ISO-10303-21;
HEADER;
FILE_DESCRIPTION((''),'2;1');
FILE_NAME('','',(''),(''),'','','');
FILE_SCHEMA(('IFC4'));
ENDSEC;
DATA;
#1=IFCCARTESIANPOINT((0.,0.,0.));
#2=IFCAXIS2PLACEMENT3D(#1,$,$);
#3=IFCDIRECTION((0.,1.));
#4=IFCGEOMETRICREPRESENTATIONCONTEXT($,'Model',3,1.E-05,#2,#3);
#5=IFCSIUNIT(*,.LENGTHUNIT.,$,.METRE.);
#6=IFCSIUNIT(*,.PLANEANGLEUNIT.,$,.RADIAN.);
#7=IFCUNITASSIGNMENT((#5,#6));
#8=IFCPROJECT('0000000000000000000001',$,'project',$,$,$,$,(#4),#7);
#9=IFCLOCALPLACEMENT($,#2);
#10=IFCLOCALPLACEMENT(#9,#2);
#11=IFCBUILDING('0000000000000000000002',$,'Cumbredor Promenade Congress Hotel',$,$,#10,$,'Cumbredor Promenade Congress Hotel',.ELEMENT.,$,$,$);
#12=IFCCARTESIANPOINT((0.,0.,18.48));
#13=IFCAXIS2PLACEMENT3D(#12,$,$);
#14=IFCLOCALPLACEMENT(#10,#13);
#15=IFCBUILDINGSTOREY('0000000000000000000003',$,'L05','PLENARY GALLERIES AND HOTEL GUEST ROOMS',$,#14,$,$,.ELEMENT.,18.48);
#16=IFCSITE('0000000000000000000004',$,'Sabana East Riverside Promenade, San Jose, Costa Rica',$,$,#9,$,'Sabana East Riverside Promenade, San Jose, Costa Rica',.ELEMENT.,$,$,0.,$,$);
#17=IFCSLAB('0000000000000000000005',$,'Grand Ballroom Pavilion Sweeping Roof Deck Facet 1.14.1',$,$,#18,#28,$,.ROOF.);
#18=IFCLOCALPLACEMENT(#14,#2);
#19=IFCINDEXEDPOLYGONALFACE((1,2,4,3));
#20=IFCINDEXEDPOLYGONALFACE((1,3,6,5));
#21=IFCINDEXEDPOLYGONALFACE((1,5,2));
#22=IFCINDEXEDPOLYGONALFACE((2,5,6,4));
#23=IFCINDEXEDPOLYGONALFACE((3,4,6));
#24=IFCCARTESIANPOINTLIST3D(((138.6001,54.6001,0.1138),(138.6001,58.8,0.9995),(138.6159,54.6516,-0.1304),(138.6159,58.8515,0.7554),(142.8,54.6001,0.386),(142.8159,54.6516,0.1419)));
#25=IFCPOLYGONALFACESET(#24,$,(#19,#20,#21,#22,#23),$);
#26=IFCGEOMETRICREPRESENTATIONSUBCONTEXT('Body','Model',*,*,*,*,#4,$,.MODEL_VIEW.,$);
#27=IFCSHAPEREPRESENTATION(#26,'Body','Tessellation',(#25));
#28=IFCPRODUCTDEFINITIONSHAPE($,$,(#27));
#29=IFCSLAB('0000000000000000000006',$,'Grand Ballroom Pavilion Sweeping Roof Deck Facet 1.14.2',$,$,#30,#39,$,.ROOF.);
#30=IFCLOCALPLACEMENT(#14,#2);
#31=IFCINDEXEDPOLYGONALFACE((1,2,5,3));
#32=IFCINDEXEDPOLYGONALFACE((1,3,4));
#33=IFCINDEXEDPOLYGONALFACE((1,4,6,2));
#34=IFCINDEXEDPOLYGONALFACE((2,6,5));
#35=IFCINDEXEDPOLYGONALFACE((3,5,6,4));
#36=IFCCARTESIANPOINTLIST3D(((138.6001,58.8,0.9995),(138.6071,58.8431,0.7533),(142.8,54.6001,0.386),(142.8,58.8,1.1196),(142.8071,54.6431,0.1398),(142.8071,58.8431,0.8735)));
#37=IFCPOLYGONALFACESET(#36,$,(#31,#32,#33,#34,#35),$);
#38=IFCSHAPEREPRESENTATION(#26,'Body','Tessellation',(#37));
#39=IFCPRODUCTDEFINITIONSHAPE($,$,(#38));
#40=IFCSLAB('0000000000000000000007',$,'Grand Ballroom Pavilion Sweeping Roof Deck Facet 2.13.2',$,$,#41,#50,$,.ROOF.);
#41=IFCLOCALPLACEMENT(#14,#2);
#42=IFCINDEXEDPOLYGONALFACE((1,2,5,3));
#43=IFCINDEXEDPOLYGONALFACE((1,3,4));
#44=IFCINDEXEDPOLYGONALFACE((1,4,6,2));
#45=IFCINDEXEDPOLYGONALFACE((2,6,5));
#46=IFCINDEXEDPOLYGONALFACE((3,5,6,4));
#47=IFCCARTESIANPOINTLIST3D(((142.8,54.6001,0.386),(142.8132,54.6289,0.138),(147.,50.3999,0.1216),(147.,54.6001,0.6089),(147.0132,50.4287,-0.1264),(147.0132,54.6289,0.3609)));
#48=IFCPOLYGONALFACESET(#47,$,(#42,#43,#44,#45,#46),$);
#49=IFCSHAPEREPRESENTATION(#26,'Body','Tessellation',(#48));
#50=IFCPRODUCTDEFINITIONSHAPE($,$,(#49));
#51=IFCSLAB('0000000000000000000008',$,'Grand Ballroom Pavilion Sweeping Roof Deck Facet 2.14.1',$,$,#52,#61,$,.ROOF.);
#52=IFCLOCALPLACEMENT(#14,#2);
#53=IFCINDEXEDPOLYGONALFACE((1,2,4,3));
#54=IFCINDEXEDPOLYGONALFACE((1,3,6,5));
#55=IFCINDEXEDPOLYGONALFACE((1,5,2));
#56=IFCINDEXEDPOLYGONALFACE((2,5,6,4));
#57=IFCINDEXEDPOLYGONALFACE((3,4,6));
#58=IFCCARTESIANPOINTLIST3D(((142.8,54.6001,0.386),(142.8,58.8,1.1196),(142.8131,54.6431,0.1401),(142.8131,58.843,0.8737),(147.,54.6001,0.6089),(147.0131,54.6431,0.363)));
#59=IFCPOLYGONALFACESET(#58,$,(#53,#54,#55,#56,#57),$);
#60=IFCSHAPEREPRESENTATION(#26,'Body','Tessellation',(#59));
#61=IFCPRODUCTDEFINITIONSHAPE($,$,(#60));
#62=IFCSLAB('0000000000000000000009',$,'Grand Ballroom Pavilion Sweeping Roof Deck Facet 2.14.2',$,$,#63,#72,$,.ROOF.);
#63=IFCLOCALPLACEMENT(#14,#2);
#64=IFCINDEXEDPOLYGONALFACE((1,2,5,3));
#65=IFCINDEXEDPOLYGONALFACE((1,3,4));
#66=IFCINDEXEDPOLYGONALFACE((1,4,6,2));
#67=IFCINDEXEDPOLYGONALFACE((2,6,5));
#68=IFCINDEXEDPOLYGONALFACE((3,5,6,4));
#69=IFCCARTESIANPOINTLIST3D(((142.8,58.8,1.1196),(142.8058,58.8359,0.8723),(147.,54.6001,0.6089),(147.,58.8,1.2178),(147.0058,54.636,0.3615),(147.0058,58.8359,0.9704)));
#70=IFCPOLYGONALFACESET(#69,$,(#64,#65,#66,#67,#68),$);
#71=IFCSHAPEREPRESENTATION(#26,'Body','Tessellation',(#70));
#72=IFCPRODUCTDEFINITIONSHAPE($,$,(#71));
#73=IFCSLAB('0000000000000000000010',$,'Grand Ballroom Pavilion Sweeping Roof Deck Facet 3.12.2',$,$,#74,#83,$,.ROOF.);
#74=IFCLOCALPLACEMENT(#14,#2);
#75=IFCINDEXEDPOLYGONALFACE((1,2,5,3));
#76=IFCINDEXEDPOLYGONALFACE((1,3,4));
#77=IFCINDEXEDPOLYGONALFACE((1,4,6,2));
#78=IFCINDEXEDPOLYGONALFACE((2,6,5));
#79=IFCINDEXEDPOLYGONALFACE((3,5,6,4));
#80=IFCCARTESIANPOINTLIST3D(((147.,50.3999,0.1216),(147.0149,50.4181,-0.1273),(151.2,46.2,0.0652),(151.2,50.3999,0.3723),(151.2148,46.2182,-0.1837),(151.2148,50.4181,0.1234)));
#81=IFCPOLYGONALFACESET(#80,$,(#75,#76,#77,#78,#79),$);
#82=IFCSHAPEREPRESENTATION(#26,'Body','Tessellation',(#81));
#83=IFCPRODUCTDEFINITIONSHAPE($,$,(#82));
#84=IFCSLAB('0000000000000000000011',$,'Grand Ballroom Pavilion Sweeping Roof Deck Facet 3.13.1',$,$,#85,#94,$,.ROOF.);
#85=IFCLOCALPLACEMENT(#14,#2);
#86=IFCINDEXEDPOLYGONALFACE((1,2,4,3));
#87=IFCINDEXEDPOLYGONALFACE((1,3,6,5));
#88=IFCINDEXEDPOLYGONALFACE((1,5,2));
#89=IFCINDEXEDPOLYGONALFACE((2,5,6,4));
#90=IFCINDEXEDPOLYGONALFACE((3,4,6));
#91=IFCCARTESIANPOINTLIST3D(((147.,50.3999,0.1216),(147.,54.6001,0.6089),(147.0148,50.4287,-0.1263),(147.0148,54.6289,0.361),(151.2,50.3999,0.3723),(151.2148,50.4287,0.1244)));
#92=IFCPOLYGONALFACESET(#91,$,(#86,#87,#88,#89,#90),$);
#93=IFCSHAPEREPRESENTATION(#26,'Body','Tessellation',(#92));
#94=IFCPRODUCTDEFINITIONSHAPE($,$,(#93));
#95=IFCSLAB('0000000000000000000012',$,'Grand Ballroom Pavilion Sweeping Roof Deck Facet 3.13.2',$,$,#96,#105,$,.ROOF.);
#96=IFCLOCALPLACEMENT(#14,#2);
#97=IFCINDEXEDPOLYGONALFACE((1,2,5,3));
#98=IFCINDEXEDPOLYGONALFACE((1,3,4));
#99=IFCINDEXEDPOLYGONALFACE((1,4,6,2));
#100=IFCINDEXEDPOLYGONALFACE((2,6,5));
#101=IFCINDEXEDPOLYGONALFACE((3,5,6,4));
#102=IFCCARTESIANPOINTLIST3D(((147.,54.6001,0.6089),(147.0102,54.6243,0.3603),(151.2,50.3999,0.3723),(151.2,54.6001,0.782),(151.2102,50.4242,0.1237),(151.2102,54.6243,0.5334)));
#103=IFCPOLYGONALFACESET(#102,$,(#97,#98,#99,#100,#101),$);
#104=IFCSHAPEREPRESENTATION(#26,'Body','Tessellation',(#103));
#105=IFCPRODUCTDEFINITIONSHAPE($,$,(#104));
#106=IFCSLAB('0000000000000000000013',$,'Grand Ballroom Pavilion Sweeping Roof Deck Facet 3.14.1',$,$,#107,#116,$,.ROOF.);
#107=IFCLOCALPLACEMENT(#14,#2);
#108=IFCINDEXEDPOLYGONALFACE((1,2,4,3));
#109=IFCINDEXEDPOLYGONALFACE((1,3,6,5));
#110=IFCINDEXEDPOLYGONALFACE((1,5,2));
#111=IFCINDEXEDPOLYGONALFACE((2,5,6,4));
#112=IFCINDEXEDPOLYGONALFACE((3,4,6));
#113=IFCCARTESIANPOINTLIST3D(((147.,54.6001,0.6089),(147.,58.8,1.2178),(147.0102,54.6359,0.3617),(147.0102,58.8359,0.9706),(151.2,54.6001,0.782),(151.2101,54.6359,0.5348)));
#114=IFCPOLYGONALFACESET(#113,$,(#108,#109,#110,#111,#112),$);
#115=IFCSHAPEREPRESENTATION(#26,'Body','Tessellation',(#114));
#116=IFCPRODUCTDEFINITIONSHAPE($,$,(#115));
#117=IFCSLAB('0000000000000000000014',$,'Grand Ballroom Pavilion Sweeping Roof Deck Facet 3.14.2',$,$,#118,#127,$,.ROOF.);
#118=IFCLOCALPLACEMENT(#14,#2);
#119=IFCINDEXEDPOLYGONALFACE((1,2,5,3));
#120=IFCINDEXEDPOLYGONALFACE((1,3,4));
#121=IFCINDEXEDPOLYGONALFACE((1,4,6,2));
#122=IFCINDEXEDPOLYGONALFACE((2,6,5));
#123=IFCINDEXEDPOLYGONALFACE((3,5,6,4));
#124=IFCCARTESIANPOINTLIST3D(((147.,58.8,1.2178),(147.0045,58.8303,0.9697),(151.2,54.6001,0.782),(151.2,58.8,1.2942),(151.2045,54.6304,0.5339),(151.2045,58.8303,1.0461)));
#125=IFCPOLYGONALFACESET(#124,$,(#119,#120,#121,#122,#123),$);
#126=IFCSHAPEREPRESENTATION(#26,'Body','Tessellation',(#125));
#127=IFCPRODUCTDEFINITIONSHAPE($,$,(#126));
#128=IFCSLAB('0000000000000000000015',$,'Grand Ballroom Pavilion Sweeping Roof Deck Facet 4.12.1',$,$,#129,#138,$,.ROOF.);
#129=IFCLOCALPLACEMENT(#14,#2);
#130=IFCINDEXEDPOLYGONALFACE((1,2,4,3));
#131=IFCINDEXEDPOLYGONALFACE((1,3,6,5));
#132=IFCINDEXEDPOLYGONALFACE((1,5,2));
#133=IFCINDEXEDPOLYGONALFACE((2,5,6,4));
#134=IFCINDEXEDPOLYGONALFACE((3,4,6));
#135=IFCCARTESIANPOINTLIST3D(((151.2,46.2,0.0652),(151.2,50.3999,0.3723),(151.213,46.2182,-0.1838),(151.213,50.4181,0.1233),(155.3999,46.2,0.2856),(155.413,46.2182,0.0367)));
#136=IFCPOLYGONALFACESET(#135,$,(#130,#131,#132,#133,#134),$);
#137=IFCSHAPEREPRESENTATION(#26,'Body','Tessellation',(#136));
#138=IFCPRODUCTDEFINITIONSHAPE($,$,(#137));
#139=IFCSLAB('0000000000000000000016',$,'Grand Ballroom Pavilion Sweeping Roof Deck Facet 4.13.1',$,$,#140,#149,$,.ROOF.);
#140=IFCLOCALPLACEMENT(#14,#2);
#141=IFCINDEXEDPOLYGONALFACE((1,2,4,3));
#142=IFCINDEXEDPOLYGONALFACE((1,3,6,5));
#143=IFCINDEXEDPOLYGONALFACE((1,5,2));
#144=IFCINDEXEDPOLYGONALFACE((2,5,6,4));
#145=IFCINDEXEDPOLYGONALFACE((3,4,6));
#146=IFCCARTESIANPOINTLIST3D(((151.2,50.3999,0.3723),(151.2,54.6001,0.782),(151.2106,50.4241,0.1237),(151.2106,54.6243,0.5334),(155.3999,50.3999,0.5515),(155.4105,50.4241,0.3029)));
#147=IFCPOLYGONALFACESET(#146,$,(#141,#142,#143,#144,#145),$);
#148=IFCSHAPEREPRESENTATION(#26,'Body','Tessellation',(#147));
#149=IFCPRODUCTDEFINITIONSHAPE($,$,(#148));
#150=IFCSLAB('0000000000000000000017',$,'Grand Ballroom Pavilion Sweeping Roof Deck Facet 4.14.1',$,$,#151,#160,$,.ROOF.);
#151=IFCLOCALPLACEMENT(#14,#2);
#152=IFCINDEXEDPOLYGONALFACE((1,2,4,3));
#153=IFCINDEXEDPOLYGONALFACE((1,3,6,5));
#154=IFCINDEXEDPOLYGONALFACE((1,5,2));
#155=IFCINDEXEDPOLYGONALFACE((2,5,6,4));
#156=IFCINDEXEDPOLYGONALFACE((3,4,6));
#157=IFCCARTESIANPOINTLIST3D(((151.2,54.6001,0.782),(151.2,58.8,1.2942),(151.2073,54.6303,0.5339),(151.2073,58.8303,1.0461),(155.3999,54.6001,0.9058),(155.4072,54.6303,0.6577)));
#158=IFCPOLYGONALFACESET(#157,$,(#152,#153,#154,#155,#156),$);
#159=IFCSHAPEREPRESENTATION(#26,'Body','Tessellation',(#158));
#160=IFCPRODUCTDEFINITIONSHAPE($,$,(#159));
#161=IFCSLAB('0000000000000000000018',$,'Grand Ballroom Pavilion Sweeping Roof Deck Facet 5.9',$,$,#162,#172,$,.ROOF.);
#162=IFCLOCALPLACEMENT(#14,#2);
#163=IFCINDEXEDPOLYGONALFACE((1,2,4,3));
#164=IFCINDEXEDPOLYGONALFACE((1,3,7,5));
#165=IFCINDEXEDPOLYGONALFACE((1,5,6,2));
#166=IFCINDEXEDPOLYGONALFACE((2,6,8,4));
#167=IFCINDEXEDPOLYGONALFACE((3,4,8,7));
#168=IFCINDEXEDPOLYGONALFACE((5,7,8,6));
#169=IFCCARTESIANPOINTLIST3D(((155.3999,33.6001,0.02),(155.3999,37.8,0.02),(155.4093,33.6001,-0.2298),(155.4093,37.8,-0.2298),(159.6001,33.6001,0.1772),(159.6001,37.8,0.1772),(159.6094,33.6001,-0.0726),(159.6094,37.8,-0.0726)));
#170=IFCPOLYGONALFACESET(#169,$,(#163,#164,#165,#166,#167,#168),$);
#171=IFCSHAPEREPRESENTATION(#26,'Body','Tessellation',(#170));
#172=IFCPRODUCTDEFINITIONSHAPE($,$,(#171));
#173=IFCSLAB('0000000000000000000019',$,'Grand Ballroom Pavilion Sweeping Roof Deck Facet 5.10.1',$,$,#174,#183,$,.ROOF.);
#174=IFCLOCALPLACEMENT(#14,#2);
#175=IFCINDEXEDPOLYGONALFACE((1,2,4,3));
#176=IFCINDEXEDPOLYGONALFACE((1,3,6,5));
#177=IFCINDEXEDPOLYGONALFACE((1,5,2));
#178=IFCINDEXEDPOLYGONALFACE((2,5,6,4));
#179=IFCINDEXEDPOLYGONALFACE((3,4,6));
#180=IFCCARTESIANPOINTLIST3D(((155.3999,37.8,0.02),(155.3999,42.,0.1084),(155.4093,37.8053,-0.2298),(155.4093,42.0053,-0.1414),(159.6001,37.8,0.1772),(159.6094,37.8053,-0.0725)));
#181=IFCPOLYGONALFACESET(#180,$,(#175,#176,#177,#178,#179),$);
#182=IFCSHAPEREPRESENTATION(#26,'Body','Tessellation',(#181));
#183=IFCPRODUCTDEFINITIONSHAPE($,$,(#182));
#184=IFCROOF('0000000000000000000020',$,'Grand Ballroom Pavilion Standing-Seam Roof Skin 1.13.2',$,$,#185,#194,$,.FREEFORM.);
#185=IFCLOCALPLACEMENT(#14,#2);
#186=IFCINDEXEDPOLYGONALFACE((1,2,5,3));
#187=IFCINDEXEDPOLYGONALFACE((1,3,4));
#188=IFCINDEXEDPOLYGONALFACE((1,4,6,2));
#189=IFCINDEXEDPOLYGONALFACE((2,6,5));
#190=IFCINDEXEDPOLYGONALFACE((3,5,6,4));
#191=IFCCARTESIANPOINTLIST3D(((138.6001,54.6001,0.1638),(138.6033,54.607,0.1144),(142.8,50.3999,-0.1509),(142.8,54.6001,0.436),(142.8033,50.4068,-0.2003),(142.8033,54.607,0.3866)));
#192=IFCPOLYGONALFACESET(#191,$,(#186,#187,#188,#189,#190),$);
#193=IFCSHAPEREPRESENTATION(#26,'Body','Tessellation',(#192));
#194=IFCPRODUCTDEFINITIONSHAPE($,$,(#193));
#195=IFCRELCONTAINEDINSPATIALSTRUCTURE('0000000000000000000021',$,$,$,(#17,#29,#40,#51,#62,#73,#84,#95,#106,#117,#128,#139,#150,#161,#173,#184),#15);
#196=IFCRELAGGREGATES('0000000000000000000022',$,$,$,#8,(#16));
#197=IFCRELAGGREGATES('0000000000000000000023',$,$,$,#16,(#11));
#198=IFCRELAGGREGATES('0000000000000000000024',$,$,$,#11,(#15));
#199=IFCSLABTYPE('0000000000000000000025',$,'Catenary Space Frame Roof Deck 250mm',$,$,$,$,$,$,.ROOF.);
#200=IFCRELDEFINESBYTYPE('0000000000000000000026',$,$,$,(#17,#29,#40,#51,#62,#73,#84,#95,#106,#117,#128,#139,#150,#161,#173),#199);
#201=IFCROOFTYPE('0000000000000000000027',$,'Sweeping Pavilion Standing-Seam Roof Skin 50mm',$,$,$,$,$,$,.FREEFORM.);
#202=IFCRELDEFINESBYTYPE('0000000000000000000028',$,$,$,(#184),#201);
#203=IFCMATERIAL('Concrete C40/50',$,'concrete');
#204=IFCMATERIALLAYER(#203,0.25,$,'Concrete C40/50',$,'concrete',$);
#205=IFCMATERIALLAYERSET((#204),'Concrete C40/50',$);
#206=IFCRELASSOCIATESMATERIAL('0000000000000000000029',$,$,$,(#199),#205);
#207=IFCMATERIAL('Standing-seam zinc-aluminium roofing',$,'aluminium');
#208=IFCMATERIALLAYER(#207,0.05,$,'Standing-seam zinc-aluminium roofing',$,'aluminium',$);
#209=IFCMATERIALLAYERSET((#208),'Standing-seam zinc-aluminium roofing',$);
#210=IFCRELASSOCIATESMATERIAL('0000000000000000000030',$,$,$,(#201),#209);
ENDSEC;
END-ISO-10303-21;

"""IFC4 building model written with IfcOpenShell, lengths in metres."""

from ifc_helpers import new_model, si_unit, direction, frame, origin, place, context, subcontext, project, spatial, polyline, outline, extrude, material, layer, layer_set, type_object, element, save


model = new_model("IFC4")

# Units and contexts
model_context = context("Model", 3, precision=1e-05, world=origin(), true_north=direction((0.0, 1.0)))
body_context = subcontext(model_context, "Body", "Model", "MODEL_VIEW")
ifc_project = project(units=[si_unit("LENGTHUNIT", "METRE"), si_unit("PLANEANGLEUNIT", "RADIAN")], contexts=[model_context])

# Site, building, storey
site_placement = place(None, origin())
site = spatial("IfcSite", under=ifc_project, at=site_placement, Name="Sabana East Riverside Promenade, San Jose, Costa Rica", LongName="Sabana East Riverside Promenade, San Jose, Costa Rica", CompositionType="ELEMENT", RefElevation=0.0)
building_placement = place(site_placement, origin())
building = spatial("IfcBuilding", under=site, at=building_placement, Name="Cumbredor Promenade Congress Hotel", LongName="Cumbredor Promenade Congress Hotel", CompositionType="ELEMENT")
storey_placement = place(building_placement, frame((0.0, 0.0, 18.48)))
storey = spatial("IfcBuildingStorey", under=building, at=storey_placement, Name="L05", Description="PLENARY GALLERIES AND HOTEL GUEST ROOMS", CompositionType="ELEMENT", Elevation=18.48)

# Slabs
ifc_material_1 = material(Name="Concrete C40/50", Category="concrete")
ifc_layer_1 = layer(ifc_material_1, 0.25, Name="Concrete C40/50", Category="concrete")
ifc_layer_set_1 = layer_set([ifc_layer_1], Name="Concrete C40/50")
slab_type = type_object("IfcSlabType", Name="Catenary Space Frame Roof Deck 250mm", PredefinedType="ROOF", material=ifc_layer_set_1)
slab_1_placement = place(storey_placement, frame((138.6001, 54.6001, 0.1138), z_axis=(-0.063292, -0.205941, 0.976516), x_axis=(0.997906, 0.0, 0.064679)))
element("IfcSlab", 1, at=slab_1_placement, inside=storey, type_object=slab_type, Name="Grand Ballroom Pavilion Sweeping Roof Deck Facet 1.14.1", PredefinedType="ROOF", context=body_context, shape_type="SweptSolid", body=[
    extrude(outline(polyline([(0.0, 0.0), (4.2088, 0.0), (0.0573, 4.292), (0.0, 0.0)])), origin(), (0.0, 0.0, -1.0), 0.25),
])
slab_2_placement = place(storey_placement, frame((142.8, 54.6001, 0.386), z_axis=(-0.028162, -0.172005, 0.984693), x_axis=(0.0, 0.985084, 0.172073)))
element("IfcSlab", 2, at=slab_2_placement, inside=storey, type_object=slab_type, Name="Grand Ballroom Pavilion Sweeping Roof Deck Facet 1.14.2", PredefinedType="ROOF", context=body_context, shape_type="SweptSolid", body=[
    extrude(outline(polyline([(0.0, 0.0), (4.2635, 0.0), (4.2429, 4.2016), (0.0, 0.0)])), origin(), (0.0, 0.0, -1.0), 0.25),
])
slab_3_placement = place(storey_placement, frame((147.0, 50.3999, 0.1216), z_axis=(-0.052645, -0.115087, 0.991959), x_axis=(0.0, 0.993337, 0.115246)))
element("IfcSlab", 3, at=slab_3_placement, inside=storey, type_object=slab_type, Name="Grand Ballroom Pavilion Sweeping Roof Deck Facet 2.13.2", PredefinedType="ROOF", context=body_context, shape_type="SweptSolid", body=[
    extrude(outline(polyline([(0.0, 0.0), (4.2284, 0.0), (4.2027, 4.2058), (0.0, 0.0)])), origin(), (0.0, 0.0, -1.0), 0.25),
])
slab_4_placement = place(storey_placement, frame((142.8, 54.6001, 0.386), z_axis=(-0.052209, -0.171839, 0.983741), x_axis=(0.998595, 0.0, 0.052998)))
element("IfcSlab", 4, at=slab_4_placement, inside=storey, type_object=slab_type, Name="Grand Ballroom Pavilion Sweeping Roof Deck Facet 2.14.1", PredefinedType="ROOF", context=body_context, shape_type="SweptSolid", body=[
    extrude(outline(polyline([(0.0, 0.0), (4.2059, 0.0), (0.0389, 4.2634), (0.0, 0.0)])), origin(), (0.0, 0.0, -1.0), 0.25),
])
slab_5_placement = place(storey_placement, frame((147.0, 54.6001, 0.6089), z_axis=(-0.02312, -0.143436, 0.989389), x_axis=(0.0, 0.989654, 0.143475)))
element("IfcSlab", 5, at=slab_5_placement, inside=storey, type_object=slab_type, Name="Grand Ballroom Pavilion Sweeping Roof Deck Facet 2.14.2", PredefinedType="ROOF", context=body_context, shape_type="SweptSolid", body=[
    extrude(outline(polyline([(0.0, 0.0), (4.2439, 0.0), (4.2298, 4.2011), (0.0, 0.0)])), origin(), (0.0, 0.0, -1.0), 0.25),
])
slab_6_placement = place(storey_placement, frame((151.2, 46.2, 0.0652), z_axis=(-0.059435, -0.072803, 0.995574), x_axis=(0.0, 0.997337, 0.072932)))
element("IfcSlab", 6, at=slab_6_placement, inside=storey, type_object=slab_type, Name="Grand Ballroom Pavilion Sweeping Roof Deck Facet 3.12.2", PredefinedType="ROOF", context=body_context, shape_type="SweptSolid", body=[
    extrude(outline(polyline([(0.0, 0.0), (4.2112, 0.0), (4.1929, 4.2074), (0.0, 0.0)])), origin(), (0.0, 0.0, -1.0), 0.25),
])
slab_7_placement = place(storey_placement, frame((147.0, 50.3999, 0.1216), z_axis=(-0.059197, -0.115044, 0.991595), x_axis=(0.998223, 0.0, 0.059593)))
element("IfcSlab", 7, at=slab_7_placement, inside=storey, type_object=slab_type, Name="Grand Ballroom Pavilion Sweeping Roof Deck Facet 3.13.1", PredefinedType="ROOF", context=body_context, shape_type="SweptSolid", body=[
    extrude(outline(polyline([(0.0, 0.0), (4.2074, 0.0), (0.029, 4.2283), (0.0, 0.0)])), origin(), (0.0, 0.0, -1.0), 0.25),
])
slab_8_placement = place(storey_placement, frame((151.2, 50.3999, 0.3723), z_axis=(-0.040985, -0.096993, 0.994441), x_axis=(0.0, 0.995277, 0.097075)))
element("IfcSlab", 8, at=slab_8_placement, inside=storey, type_object=slab_type, Name="Grand Ballroom Pavilion Sweeping Roof Deck Facet 3.13.2", PredefinedType="ROOF", context=body_context, shape_type="SweptSolid", body=[
    extrude(outline(polyline([(0.0, 0.0), (4.2201, 0.0), (4.2033, 4.2035), (0.0, 0.0)])), origin(), (0.0, 0.0, -1.0), 0.25),
])
slab_9_placement = place(storey_placement, frame((147.0, 54.6001, 0.6089), z_axis=(-0.040753, -0.143356, 0.988832), x_axis=(0.999152, 0.0, 0.041179)))
element("IfcSlab", 9, at=slab_9_placement, inside=storey, type_object=slab_type, Name="Grand Ballroom Pavilion Sweeping Roof Deck Facet 3.14.1", PredefinedType="ROOF", context=body_context, shape_type="SweptSolid", body=[
    extrude(outline(polyline([(0.0, 0.0), (4.2035, 0.0), (0.0251, 4.2438), (0.0, 0.0)])), origin(), (0.0, 0.0, -1.0), 0.25),
])
slab_10_placement = place(storey_placement, frame((151.2, 54.6001, 0.782), z_axis=(-0.018058, -0.121039, 0.992484), x_axis=(0.0, 0.992645, 0.121059)))
element("IfcSlab", 10, at=slab_10_placement, inside=storey, type_object=slab_type, Name="Grand Ballroom Pavilion Sweeping Roof Deck Facet 3.14.2", PredefinedType="ROOF", context=body_context, shape_type="SweptSolid", body=[
    extrude(outline(polyline([(0.0, 0.0), (4.2311, 0.0), (4.2218, 4.2006), (0.0, 0.0)])), origin(), (0.0, 0.0, -1.0), 0.25),
])
slab_11_placement = place(storey_placement, frame((151.2, 46.2, 0.0652), z_axis=(-0.052279, -0.072832, 0.995973), x_axis=(0.998625, 0.0, 0.052419)))
element("IfcSlab", 11, at=slab_11_placement, inside=storey, type_object=slab_type, Name="Grand Ballroom Pavilion Sweeping Roof Deck Facet 4.12.1", PredefinedType="ROOF", context=body_context, shape_type="SweptSolid", body=[
    extrude(outline(polyline([(0.0, 0.0), (4.2057, 0.0), (0.0161, 4.2111), (0.0, 0.0)])), origin(), (0.0, 0.0, -1.0), 0.25),
])
slab_12_placement = place(storey_placement, frame((151.2, 50.3999, 0.3723), z_axis=(-0.042427, -0.096987, 0.994381), x_axis=(0.999091, 0.0, 0.042628)))
element("IfcSlab", 12, at=slab_12_placement, inside=storey, type_object=slab_type, Name="Grand Ballroom Pavilion Sweeping Roof Deck Facet 4.13.1", PredefinedType="ROOF", context=body_context, shape_type="SweptSolid", body=[
    extrude(outline(polyline([(0.0, 0.0), (4.2038, 0.0), (0.0175, 4.2201), (0.0, 0.0)])), origin(), (0.0, 0.0, -1.0), 0.25),
])
slab_13_placement = place(storey_placement, frame((151.2, 54.6001, 0.782), z_axis=(-0.029242, -0.121007, 0.992221), x_axis=(0.999566, 0.0, 0.029459)))
element("IfcSlab", 13, at=slab_13_placement, inside=storey, type_object=slab_type, Name="Grand Ballroom Pavilion Sweeping Roof Deck Facet 4.14.1", PredefinedType="ROOF", context=body_context, shape_type="SweptSolid", body=[
    extrude(outline(polyline([(0.0, 0.0), (4.2018, 0.0), (0.0151, 4.231), (0.0, 0.0)])), origin(), (0.0, 0.0, -1.0), 0.25),
])
slab_14_placement = place(storey_placement, frame((155.3999, 33.6001, 0.02), z_axis=(-0.037407, 0.0, 0.9993), x_axis=(0.9993, 0.0, 0.037407)))
element("IfcSlab", 14, at=slab_14_placement, inside=storey, type_object=slab_type, Name="Grand Ballroom Pavilion Sweeping Roof Deck Facet 5.9", PredefinedType="ROOF", context=body_context, shape_type="SweptSolid", body=[
    extrude(outline(polyline([(0.0, 0.0), (4.2031, 0.0), (4.2031, 4.2), (0.0, 4.2), (0.0, 0.0)])), origin(), (0.0, 0.0, -1.0), 0.25),
])
slab_15_placement = place(storey_placement, frame((155.3999, 37.8, 0.02), z_axis=(-0.037399, -0.021023, 0.999079), x_axis=(0.9993, 0.0, 0.037407)))
element("IfcSlab", 15, at=slab_15_placement, inside=storey, type_object=slab_type, Name="Grand Ballroom Pavilion Sweeping Roof Deck Facet 5.10.1", PredefinedType="ROOF", context=body_context, shape_type="SweptSolid", body=[
    extrude(outline(polyline([(0.0, 0.0), (4.2031, 0.0), (0.0033, 4.2009), (0.0, 0.0)])), origin(), (0.0, 0.0, -1.0), 0.25),
])

# Roof
ifc_material_2 = material(Name="Standing-seam zinc-aluminium roofing", Category="aluminium")
ifc_layer_2 = layer(ifc_material_2, 0.05, Name="Standing-seam zinc-aluminium roofing", Category="aluminium")
ifc_layer_set_2 = layer_set([ifc_layer_2], Name="Standing-seam zinc-aluminium roofing")
roof_type = type_object("IfcRoofType", Name="Sweeping Pavilion Standing-Seam Roof Skin 50mm", PredefinedType="FREEFORM", material=ifc_layer_set_2)
roof_1_placement = place(storey_placement, frame((142.8, 50.3999, -0.1509), z_axis=(-0.064059, -0.138106, 0.988344), x_axis=(0.0, 0.990378, 0.13839)))
element("IfcRoof", 16, at=roof_1_placement, inside=storey, type_object=roof_type, Name="Grand Ballroom Pavilion Standing-Seam Roof Skin 1.13.2", PredefinedType="FREEFORM", context=body_context, shape_type="SweptSolid", body=[
    extrude(outline(polyline([(0.0, 0.0), (4.241, 0.0), (4.2033, 4.2086), (0.0, 0.0)])), origin(), (0.0, 0.0, -1.0), 0.05),
])

save(model, "model.ifc")
